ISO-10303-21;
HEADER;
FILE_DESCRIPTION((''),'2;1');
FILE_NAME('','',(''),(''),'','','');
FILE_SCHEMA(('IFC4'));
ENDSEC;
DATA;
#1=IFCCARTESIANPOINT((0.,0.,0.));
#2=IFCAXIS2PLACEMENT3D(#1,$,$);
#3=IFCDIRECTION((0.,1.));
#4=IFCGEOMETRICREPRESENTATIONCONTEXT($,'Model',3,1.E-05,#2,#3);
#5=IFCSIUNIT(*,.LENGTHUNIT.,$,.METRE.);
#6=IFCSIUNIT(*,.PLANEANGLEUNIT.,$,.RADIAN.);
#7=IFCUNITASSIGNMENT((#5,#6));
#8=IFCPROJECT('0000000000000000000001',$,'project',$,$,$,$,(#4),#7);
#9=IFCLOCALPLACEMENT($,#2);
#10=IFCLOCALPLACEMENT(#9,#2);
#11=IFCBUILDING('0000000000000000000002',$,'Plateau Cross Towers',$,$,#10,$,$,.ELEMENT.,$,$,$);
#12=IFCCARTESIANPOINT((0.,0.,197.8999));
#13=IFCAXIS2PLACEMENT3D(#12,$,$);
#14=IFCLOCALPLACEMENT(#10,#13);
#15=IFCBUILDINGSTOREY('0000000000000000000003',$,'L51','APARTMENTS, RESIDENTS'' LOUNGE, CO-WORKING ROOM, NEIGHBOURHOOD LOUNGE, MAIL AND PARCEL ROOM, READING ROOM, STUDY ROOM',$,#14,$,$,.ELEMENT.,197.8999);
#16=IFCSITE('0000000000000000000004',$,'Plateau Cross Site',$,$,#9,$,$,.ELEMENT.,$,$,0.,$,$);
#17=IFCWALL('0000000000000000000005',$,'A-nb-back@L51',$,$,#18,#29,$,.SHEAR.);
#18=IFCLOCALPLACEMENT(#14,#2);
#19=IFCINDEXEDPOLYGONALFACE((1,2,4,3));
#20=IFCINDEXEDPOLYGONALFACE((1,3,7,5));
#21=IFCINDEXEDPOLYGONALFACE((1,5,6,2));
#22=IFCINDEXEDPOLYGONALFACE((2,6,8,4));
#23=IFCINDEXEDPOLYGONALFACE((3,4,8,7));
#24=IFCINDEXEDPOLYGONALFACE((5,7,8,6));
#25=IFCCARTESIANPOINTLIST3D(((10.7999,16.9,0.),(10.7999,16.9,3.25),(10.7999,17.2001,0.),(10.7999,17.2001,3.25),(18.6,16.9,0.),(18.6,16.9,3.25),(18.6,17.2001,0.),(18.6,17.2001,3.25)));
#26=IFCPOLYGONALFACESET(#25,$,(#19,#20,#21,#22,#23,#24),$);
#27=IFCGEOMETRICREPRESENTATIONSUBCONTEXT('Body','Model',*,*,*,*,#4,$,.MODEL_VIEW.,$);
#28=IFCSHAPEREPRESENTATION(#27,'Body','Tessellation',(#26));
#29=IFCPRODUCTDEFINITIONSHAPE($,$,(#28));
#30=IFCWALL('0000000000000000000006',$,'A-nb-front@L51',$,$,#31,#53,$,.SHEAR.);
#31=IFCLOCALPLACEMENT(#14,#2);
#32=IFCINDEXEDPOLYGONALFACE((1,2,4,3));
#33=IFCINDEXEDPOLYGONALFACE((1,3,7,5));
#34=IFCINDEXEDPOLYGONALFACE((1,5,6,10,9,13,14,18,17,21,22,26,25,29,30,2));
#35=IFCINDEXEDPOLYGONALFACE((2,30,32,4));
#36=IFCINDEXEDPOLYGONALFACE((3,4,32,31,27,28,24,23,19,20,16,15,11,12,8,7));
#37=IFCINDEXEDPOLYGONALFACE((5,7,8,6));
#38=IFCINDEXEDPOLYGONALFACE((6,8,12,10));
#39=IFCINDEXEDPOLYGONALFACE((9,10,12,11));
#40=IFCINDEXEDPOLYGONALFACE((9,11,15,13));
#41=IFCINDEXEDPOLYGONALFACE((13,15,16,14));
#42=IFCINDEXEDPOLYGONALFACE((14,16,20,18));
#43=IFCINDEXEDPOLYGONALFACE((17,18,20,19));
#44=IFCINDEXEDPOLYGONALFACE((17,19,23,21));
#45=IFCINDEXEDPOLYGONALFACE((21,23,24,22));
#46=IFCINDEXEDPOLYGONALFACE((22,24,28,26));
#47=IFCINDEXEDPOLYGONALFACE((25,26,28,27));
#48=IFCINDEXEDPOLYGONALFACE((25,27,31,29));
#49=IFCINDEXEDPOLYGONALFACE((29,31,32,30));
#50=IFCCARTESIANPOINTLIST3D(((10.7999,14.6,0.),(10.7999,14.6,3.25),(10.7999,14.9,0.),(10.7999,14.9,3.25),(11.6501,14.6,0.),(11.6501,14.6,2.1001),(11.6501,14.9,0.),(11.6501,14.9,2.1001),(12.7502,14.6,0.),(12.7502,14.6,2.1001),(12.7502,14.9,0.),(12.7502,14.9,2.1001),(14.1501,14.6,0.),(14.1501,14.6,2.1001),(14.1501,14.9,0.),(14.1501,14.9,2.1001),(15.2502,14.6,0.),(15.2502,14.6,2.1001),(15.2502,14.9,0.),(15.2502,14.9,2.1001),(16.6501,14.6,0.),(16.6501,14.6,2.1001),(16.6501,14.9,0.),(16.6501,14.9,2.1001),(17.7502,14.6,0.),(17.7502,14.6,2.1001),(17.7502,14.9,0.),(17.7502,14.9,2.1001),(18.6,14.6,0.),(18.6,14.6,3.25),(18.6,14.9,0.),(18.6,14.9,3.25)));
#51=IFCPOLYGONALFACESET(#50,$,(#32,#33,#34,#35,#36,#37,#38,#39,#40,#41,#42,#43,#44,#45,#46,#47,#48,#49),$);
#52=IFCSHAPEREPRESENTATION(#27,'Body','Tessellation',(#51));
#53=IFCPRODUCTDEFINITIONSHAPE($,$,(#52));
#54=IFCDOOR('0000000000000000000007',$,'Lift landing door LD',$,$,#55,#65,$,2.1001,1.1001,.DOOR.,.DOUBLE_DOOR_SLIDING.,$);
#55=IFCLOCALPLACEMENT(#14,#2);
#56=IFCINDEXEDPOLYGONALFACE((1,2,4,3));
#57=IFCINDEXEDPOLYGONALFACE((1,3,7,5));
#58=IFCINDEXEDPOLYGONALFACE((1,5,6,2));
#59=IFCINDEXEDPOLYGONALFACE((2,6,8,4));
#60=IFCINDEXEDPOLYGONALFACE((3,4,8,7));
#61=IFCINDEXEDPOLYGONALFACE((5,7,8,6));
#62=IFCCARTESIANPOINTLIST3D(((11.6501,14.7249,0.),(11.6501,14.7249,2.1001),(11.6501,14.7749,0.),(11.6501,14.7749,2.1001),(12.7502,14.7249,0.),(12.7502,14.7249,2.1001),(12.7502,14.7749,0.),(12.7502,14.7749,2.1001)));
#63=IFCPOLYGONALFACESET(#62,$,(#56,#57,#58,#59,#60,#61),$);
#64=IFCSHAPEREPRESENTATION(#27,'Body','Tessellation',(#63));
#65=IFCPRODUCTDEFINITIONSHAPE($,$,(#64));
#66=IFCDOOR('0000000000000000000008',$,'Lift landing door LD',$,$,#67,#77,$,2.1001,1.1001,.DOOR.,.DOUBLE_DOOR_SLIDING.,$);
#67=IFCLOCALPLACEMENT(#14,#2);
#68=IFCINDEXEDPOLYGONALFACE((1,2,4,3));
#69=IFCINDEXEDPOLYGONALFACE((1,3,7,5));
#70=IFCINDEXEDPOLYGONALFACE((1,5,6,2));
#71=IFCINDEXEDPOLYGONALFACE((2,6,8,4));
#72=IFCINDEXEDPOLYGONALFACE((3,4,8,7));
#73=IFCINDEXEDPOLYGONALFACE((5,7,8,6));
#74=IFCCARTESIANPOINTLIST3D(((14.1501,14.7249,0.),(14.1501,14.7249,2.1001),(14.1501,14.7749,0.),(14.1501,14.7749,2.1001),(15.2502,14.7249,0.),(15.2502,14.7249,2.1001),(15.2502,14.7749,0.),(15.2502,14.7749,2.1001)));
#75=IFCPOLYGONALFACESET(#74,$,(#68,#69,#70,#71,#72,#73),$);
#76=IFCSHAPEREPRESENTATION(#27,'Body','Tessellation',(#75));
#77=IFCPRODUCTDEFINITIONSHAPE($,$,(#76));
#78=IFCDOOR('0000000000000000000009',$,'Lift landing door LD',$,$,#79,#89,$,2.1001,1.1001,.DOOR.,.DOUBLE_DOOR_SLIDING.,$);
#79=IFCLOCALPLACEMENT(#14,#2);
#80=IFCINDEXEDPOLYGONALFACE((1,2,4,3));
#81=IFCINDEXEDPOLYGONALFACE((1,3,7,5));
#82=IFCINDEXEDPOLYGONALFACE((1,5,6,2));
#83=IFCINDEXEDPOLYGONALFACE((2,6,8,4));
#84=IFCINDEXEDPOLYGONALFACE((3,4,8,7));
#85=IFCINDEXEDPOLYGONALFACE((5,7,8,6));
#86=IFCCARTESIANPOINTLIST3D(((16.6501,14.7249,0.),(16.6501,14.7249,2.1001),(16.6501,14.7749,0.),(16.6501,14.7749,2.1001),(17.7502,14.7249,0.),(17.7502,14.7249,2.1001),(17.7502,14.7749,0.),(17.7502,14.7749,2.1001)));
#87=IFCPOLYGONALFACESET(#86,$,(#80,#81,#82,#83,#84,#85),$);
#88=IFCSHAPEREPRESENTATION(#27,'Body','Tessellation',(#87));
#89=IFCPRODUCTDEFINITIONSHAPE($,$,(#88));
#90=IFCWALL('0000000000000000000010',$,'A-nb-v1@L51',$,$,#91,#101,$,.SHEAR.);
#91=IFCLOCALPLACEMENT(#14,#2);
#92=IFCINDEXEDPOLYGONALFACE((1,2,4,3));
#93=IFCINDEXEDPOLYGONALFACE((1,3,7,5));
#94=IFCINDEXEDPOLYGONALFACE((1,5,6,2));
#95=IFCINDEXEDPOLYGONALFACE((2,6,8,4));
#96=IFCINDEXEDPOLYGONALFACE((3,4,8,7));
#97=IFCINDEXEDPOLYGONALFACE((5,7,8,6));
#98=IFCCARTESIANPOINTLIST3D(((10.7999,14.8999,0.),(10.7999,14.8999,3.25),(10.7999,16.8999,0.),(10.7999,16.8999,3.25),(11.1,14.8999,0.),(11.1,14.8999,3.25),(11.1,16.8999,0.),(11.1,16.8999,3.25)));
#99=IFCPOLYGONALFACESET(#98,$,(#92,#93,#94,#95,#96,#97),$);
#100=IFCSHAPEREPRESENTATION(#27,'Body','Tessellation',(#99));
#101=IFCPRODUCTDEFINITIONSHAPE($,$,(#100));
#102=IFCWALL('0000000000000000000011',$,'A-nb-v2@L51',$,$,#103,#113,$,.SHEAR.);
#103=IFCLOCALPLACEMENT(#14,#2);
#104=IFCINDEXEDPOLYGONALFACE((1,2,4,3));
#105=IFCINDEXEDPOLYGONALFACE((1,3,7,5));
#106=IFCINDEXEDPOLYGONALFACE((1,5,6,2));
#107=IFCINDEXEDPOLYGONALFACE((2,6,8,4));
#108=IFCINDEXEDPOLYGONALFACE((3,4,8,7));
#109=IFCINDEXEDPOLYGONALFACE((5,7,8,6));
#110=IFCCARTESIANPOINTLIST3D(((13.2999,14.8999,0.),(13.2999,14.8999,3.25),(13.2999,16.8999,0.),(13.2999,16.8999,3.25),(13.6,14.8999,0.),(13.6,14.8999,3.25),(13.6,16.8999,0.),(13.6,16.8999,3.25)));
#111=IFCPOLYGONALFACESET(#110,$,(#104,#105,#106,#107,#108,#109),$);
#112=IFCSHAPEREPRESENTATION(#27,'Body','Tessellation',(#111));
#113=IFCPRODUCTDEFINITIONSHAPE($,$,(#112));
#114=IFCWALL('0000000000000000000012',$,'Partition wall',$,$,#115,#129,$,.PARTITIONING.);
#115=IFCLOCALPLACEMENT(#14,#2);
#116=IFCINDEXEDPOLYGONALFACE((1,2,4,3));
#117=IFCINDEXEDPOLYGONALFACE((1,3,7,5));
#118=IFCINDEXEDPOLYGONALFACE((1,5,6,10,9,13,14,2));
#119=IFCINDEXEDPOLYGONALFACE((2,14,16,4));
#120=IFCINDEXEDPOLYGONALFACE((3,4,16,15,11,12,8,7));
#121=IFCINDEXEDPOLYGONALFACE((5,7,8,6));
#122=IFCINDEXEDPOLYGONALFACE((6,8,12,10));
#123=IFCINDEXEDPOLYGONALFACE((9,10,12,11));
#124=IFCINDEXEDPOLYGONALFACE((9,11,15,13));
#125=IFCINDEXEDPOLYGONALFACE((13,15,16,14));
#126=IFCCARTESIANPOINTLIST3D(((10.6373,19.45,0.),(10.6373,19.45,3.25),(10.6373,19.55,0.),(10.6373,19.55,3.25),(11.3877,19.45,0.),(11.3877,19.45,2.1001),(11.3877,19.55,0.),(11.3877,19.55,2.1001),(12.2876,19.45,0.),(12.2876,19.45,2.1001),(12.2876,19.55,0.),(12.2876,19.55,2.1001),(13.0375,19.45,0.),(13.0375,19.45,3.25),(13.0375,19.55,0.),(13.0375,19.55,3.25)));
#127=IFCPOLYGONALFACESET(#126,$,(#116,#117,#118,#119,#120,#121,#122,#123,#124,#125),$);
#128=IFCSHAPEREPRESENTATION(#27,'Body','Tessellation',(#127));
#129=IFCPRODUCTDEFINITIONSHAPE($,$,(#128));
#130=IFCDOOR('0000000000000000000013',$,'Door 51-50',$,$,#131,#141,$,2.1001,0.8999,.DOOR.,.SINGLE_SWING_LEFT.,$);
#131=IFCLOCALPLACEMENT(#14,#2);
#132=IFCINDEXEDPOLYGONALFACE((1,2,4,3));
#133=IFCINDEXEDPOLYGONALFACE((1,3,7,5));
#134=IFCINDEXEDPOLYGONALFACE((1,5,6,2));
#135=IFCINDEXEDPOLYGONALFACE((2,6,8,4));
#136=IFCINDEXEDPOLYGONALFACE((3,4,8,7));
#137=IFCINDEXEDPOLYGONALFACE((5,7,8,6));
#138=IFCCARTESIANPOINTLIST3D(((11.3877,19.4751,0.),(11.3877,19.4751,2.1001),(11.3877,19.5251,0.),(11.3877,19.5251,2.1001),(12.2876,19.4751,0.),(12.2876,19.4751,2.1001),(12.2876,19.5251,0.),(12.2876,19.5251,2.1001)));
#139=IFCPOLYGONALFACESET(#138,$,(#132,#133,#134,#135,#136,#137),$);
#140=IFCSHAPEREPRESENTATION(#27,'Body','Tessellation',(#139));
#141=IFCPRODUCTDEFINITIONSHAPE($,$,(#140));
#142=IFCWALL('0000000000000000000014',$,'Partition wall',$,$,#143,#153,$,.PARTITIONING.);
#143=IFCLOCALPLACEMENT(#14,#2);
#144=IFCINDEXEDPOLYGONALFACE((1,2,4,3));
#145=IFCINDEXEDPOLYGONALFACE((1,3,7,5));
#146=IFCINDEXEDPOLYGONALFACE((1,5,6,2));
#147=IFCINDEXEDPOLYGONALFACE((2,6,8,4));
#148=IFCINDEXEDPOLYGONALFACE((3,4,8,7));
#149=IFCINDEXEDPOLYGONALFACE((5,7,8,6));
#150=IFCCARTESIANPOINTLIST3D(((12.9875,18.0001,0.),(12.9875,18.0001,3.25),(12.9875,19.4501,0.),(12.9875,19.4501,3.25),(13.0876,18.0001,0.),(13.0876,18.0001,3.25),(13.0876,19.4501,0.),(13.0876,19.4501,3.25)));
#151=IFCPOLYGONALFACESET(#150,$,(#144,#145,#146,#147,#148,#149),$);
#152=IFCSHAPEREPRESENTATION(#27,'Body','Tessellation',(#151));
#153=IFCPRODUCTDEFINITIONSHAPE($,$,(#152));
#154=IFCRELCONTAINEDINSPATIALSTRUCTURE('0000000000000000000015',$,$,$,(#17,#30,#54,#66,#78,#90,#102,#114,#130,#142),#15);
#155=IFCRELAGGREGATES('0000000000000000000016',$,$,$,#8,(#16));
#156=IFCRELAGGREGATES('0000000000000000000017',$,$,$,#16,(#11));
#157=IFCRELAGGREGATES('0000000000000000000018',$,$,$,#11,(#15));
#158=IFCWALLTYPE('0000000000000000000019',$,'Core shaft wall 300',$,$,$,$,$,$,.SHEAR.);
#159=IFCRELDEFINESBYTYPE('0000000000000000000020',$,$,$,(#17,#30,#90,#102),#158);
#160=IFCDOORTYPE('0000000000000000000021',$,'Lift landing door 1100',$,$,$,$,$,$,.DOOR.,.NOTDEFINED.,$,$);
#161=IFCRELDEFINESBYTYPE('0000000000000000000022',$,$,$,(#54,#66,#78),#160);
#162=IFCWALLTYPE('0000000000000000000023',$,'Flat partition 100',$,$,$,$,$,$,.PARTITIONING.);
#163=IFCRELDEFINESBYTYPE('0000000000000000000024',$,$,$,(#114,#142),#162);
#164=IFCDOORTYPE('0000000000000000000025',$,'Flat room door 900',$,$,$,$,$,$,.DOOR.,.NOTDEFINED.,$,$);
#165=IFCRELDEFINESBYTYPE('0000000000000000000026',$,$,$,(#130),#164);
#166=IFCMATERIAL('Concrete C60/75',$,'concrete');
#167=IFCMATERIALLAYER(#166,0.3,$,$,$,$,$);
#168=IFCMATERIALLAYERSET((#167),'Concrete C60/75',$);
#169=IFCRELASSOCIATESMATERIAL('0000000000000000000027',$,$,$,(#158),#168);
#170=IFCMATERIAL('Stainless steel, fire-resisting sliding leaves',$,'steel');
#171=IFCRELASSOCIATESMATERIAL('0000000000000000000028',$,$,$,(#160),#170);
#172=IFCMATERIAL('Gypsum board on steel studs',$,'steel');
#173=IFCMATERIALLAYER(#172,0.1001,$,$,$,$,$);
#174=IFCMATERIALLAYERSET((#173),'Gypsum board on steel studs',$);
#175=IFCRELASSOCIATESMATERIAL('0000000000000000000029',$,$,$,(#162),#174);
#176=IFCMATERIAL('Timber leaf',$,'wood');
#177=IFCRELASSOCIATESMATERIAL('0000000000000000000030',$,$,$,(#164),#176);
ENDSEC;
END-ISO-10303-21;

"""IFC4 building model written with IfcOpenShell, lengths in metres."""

from ifc_helpers import new_model, si_unit, direction, frame, frame_2d, origin, place, context, subcontext, project, spatial, rectangle, extrude, material, layer, layer_set, type_object, element, fill, save


model = new_model("IFC4")

# Units and contexts
model_context = context("Model", 3, precision=1e-05, world=origin(), true_north=direction((0.0, 1.0)))
body_context = subcontext(model_context, "Body", "Model", "MODEL_VIEW")
ifc_project = project(units=[si_unit("LENGTHUNIT", "METRE"), si_unit("PLANEANGLEUNIT", "RADIAN")], contexts=[model_context])

# Site, building, storey
site_placement = place(None, origin())
site = spatial("IfcSite", under=ifc_project, at=site_placement, Name="Plateau Cross Site", CompositionType="ELEMENT", RefElevation=0.0)
building_placement = place(site_placement, origin())
building = spatial("IfcBuilding", under=site, at=building_placement, Name="Plateau Cross Towers", CompositionType="ELEMENT")
storey_placement = place(building_placement, frame((0.0, 0.0, 197.8999)))
storey = spatial("IfcBuildingStorey", under=building, at=storey_placement, Name="L51", Description="APARTMENTS, RESIDENTS' LOUNGE, CO-WORKING ROOM, NEIGHBOURHOOD LOUNGE, MAIL AND PARCEL ROOM, READING ROOM, STUDY ROOM", CompositionType="ELEMENT", Elevation=197.8999)

# Wall
ifc_material_1 = material(Name="Concrete C60/75", Category="concrete")
ifc_layer_1 = layer(ifc_material_1, 0.3)
ifc_layer_set_1 = layer_set([ifc_layer_1], Name="Concrete C60/75")
wall_type_1 = type_object("IfcWallType", Name="Core shaft wall 300", PredefinedType="SHEAR", material=ifc_layer_set_1)
wall_1_placement = place(storey_placement, frame((10.8, 17.05, 0.0), z_axis=(0.0, 0.0, 1.0), x_axis=(1.0, 0.0, 0.0)))
element("IfcWall", 1, at=wall_1_placement, inside=storey, type_object=wall_type_1, Name="A-nb-back@L51", PredefinedType="SHEAR", context=body_context, shape_type="SweptSolid", body=[
    extrude(rectangle(XDim=7.8, YDim=0.3, at=frame_2d((3.8999, 0.0))), origin(), (0.0, 0.0, 1.0), 3.25),
])

# Wall, openings, doors
wall_2_placement = place(storey_placement, frame((10.8, 14.75, 0.0), z_axis=(0.0, 0.0, 1.0), x_axis=(1.0, 0.0, 0.0)))
wall_2 = element("IfcWall", 2, at=wall_2_placement, inside=storey, type_object=wall_type_1, Name="A-nb-front@L51", PredefinedType="SHEAR", context=body_context, shape_type="SweptSolid", body=[
    extrude(rectangle(XDim=7.8, YDim=0.3, at=frame_2d((3.8999, 0.0))), origin(), (0.0, 0.0, 1.0), 3.25),
])
opening_1_placement = place(wall_2_placement, frame((0.8501, 0.0, 0.0)))
opening_1 = element("IfcOpeningElement", 3, at=opening_1_placement, cuts=wall_2, PredefinedType="OPENING", context=body_context, shape_type="SweptSolid", body=[
    extrude(rectangle(XDim=1.1001, YDim=2.1001, at=frame_2d((0.55, 1.05))), frame((0.0, 0.1599, 0.0), z_axis=(0.0, -1.0, 0.0), x_axis=(1.0, 0.0, 0.0)), (0.0, 0.0, 1.0), 0.3201),
])
opening_2_placement = place(wall_2_placement, frame((3.3501, 0.0, 0.0)))
opening_2 = element("IfcOpeningElement", 4, at=opening_2_placement, cuts=wall_2, PredefinedType="OPENING", context=body_context, shape_type="SweptSolid", body=[
    extrude(rectangle(XDim=1.1001, YDim=2.1001, at=frame_2d((0.55, 1.05))), frame((0.0, 0.1599, 0.0), z_axis=(0.0, -1.0, 0.0), x_axis=(1.0, 0.0, 0.0)), (0.0, 0.0, 1.0), 0.3201),
])
opening_3_placement = place(wall_2_placement, frame((5.8501, 0.0, 0.0)))
opening_3 = element("IfcOpeningElement", 5, at=opening_3_placement, cuts=wall_2, PredefinedType="OPENING", context=body_context, shape_type="SweptSolid", body=[
    extrude(rectangle(XDim=1.1001, YDim=2.1001, at=frame_2d((0.55, 1.05))), frame((0.0, 0.1599, 0.0), z_axis=(0.0, -1.0, 0.0), x_axis=(1.0, 0.0, 0.0)), (0.0, 0.0, 1.0), 0.3201),
])
ifc_material_2 = material(Name="Stainless steel, fire-resisting sliding leaves", Category="steel")
door_type_1 = type_object("IfcDoorType", Name="Lift landing door 1100", OperationType="NOTDEFINED", PredefinedType="DOOR", material=ifc_material_2)
door_1_placement = place(opening_1_placement, origin())
door_1 = element("IfcDoor", 6, at=door_1_placement, inside=storey, type_object=door_type_1, Name="Lift landing door LD", OperationType="DOUBLE_DOOR_SLIDING", OverallHeight=2.1001, OverallWidth=1.1001, PredefinedType="DOOR", context=body_context, shape_type="SweptSolid", body=[
    extrude(rectangle(XDim=1.1001, YDim=2.1001, at=frame_2d((0.55, 1.05))), frame((0.0, 0.0249, 0.0), z_axis=(0.0, -1.0, 0.0), x_axis=(1.0, 0.0, 0.0)), (0.0, 0.0, 1.0), 0.05),
])
fill(opening_1, door_1)
door_2_placement = place(opening_2_placement, origin())
door_2 = element("IfcDoor", 7, at=door_2_placement, inside=storey, type_object=door_type_1, Name="Lift landing door LD", OperationType="DOUBLE_DOOR_SLIDING", OverallHeight=2.1001, OverallWidth=1.1001, PredefinedType="DOOR", context=body_context, shape_type="SweptSolid", body=[
    extrude(rectangle(XDim=1.1001, YDim=2.1001, at=frame_2d((0.55, 1.05))), frame((0.0, 0.0249, 0.0), z_axis=(0.0, -1.0, 0.0), x_axis=(1.0, 0.0, 0.0)), (0.0, 0.0, 1.0), 0.05),
])
fill(opening_2, door_2)
door_3_placement = place(opening_3_placement, origin())
door_3 = element("IfcDoor", 8, at=door_3_placement, inside=storey, type_object=door_type_1, Name="Lift landing door LD", OperationType="DOUBLE_DOOR_SLIDING", OverallHeight=2.1001, OverallWidth=1.1001, PredefinedType="DOOR", context=body_context, shape_type="SweptSolid", body=[
    extrude(rectangle(XDim=1.1001, YDim=2.1001, at=frame_2d((0.55, 1.05))), frame((0.0, 0.0249, 0.0), z_axis=(0.0, -1.0, 0.0), x_axis=(1.0, 0.0, 0.0)), (0.0, 0.0, 1.0), 0.05),
])
fill(opening_3, door_3)

# Walls
for number, where, z_axis, x_axis, name in (
    (9, (10.95, 14.8999, 0.0), (0.0, 0.0, 1.0), (0.0, 1.0, 0.0), "A-nb-v1@L51"),
    (10, (13.45, 14.8999, 0.0), (0.0, 0.0, 1.0), (0.0, 1.0, 0.0), "A-nb-v2@L51"),
):
    element("IfcWall", number, at=place(storey_placement, frame(where, z_axis=z_axis, x_axis=x_axis)), inside=storey, type_object=wall_type_1, Name=name, PredefinedType="SHEAR", context=body_context, shape_type="SweptSolid", body=[
        extrude(rectangle(XDim=2.0, YDim=0.3, at=frame_2d((1.0, 0.0))), origin(), (0.0, 0.0, 1.0), 3.25),
    ])

# Wall, opening, door
ifc_material_3 = material(Name="Gypsum board on steel studs", Category="steel")
ifc_layer_2 = layer(ifc_material_3, 0.1001)
ifc_layer_set_2 = layer_set([ifc_layer_2], Name="Gypsum board on steel studs")
wall_type_2 = type_object("IfcWallType", Name="Flat partition 100", PredefinedType="PARTITIONING", material=ifc_layer_set_2)
wall_3_placement = place(storey_placement, frame((13.0376, 19.5, 0.0), z_axis=(0.0, 0.0, 1.0), x_axis=(-1.0, 0.0, 0.0)))
wall_3 = element("IfcWall", 11, at=wall_3_placement, inside=storey, type_object=wall_type_2, Name="Partition wall", PredefinedType="PARTITIONING", context=body_context, shape_type="SweptSolid", body=[
    extrude(rectangle(XDim=2.4001, YDim=0.1001, at=frame_2d((1.2002, 0.0))), origin(), (0.0, 0.0, 1.0), 3.25),
])
opening_4_placement = place(wall_3_placement, frame((0.75, 0.0, 0.0)))
opening_4 = element("IfcOpeningElement", 12, at=opening_4_placement, cuts=wall_3, PredefinedType="OPENING", context=body_context, shape_type="SweptSolid", body=[
    extrude(rectangle(XDim=0.8999, YDim=2.1001, at=frame_2d((0.45, 1.05))), frame((0.0, 0.0601, 0.0), z_axis=(0.0, -1.0, 0.0), x_axis=(1.0, 0.0, 0.0)), (0.0, 0.0, 1.0), 0.1201),
])
ifc_material_4 = material(Name="Timber leaf", Category="wood")
door_type_2 = type_object("IfcDoorType", Name="Flat room door 900", OperationType="NOTDEFINED", PredefinedType="DOOR", material=ifc_material_4)
door_4_placement = place(opening_4_placement, origin())
door_4 = element("IfcDoor", 13, at=door_4_placement, inside=storey, type_object=door_type_2, Name="Door 51-50", OperationType="SINGLE_SWING_LEFT", OverallHeight=2.1001, OverallWidth=0.8999, PredefinedType="DOOR", context=body_context, shape_type="SweptSolid", body=[
    extrude(rectangle(XDim=0.8999, YDim=2.1001, at=frame_2d((0.45, 1.05))), frame((0.0, 0.0249, 0.0), z_axis=(0.0, -1.0, 0.0), x_axis=(1.0, 0.0, 0.0)), (0.0, 0.0, 1.0), 0.05),
])
fill(opening_4, door_4)

# Wall
wall_4_placement = place(storey_placement, frame((13.0376, 18.0, 0.0), z_axis=(0.0, 0.0, 1.0), x_axis=(0.0, 1.0, 0.0)))
element("IfcWall", 14, at=wall_4_placement, inside=storey, type_object=wall_type_2, Name="Partition wall", PredefinedType="PARTITIONING", context=body_context, shape_type="SweptSolid", body=[
    extrude(rectangle(XDim=1.45, YDim=0.1001, at=frame_2d((0.7251, 0.0))), origin(), (0.0, 0.0, 1.0), 3.25),
])

save(model, "model.ifc")
